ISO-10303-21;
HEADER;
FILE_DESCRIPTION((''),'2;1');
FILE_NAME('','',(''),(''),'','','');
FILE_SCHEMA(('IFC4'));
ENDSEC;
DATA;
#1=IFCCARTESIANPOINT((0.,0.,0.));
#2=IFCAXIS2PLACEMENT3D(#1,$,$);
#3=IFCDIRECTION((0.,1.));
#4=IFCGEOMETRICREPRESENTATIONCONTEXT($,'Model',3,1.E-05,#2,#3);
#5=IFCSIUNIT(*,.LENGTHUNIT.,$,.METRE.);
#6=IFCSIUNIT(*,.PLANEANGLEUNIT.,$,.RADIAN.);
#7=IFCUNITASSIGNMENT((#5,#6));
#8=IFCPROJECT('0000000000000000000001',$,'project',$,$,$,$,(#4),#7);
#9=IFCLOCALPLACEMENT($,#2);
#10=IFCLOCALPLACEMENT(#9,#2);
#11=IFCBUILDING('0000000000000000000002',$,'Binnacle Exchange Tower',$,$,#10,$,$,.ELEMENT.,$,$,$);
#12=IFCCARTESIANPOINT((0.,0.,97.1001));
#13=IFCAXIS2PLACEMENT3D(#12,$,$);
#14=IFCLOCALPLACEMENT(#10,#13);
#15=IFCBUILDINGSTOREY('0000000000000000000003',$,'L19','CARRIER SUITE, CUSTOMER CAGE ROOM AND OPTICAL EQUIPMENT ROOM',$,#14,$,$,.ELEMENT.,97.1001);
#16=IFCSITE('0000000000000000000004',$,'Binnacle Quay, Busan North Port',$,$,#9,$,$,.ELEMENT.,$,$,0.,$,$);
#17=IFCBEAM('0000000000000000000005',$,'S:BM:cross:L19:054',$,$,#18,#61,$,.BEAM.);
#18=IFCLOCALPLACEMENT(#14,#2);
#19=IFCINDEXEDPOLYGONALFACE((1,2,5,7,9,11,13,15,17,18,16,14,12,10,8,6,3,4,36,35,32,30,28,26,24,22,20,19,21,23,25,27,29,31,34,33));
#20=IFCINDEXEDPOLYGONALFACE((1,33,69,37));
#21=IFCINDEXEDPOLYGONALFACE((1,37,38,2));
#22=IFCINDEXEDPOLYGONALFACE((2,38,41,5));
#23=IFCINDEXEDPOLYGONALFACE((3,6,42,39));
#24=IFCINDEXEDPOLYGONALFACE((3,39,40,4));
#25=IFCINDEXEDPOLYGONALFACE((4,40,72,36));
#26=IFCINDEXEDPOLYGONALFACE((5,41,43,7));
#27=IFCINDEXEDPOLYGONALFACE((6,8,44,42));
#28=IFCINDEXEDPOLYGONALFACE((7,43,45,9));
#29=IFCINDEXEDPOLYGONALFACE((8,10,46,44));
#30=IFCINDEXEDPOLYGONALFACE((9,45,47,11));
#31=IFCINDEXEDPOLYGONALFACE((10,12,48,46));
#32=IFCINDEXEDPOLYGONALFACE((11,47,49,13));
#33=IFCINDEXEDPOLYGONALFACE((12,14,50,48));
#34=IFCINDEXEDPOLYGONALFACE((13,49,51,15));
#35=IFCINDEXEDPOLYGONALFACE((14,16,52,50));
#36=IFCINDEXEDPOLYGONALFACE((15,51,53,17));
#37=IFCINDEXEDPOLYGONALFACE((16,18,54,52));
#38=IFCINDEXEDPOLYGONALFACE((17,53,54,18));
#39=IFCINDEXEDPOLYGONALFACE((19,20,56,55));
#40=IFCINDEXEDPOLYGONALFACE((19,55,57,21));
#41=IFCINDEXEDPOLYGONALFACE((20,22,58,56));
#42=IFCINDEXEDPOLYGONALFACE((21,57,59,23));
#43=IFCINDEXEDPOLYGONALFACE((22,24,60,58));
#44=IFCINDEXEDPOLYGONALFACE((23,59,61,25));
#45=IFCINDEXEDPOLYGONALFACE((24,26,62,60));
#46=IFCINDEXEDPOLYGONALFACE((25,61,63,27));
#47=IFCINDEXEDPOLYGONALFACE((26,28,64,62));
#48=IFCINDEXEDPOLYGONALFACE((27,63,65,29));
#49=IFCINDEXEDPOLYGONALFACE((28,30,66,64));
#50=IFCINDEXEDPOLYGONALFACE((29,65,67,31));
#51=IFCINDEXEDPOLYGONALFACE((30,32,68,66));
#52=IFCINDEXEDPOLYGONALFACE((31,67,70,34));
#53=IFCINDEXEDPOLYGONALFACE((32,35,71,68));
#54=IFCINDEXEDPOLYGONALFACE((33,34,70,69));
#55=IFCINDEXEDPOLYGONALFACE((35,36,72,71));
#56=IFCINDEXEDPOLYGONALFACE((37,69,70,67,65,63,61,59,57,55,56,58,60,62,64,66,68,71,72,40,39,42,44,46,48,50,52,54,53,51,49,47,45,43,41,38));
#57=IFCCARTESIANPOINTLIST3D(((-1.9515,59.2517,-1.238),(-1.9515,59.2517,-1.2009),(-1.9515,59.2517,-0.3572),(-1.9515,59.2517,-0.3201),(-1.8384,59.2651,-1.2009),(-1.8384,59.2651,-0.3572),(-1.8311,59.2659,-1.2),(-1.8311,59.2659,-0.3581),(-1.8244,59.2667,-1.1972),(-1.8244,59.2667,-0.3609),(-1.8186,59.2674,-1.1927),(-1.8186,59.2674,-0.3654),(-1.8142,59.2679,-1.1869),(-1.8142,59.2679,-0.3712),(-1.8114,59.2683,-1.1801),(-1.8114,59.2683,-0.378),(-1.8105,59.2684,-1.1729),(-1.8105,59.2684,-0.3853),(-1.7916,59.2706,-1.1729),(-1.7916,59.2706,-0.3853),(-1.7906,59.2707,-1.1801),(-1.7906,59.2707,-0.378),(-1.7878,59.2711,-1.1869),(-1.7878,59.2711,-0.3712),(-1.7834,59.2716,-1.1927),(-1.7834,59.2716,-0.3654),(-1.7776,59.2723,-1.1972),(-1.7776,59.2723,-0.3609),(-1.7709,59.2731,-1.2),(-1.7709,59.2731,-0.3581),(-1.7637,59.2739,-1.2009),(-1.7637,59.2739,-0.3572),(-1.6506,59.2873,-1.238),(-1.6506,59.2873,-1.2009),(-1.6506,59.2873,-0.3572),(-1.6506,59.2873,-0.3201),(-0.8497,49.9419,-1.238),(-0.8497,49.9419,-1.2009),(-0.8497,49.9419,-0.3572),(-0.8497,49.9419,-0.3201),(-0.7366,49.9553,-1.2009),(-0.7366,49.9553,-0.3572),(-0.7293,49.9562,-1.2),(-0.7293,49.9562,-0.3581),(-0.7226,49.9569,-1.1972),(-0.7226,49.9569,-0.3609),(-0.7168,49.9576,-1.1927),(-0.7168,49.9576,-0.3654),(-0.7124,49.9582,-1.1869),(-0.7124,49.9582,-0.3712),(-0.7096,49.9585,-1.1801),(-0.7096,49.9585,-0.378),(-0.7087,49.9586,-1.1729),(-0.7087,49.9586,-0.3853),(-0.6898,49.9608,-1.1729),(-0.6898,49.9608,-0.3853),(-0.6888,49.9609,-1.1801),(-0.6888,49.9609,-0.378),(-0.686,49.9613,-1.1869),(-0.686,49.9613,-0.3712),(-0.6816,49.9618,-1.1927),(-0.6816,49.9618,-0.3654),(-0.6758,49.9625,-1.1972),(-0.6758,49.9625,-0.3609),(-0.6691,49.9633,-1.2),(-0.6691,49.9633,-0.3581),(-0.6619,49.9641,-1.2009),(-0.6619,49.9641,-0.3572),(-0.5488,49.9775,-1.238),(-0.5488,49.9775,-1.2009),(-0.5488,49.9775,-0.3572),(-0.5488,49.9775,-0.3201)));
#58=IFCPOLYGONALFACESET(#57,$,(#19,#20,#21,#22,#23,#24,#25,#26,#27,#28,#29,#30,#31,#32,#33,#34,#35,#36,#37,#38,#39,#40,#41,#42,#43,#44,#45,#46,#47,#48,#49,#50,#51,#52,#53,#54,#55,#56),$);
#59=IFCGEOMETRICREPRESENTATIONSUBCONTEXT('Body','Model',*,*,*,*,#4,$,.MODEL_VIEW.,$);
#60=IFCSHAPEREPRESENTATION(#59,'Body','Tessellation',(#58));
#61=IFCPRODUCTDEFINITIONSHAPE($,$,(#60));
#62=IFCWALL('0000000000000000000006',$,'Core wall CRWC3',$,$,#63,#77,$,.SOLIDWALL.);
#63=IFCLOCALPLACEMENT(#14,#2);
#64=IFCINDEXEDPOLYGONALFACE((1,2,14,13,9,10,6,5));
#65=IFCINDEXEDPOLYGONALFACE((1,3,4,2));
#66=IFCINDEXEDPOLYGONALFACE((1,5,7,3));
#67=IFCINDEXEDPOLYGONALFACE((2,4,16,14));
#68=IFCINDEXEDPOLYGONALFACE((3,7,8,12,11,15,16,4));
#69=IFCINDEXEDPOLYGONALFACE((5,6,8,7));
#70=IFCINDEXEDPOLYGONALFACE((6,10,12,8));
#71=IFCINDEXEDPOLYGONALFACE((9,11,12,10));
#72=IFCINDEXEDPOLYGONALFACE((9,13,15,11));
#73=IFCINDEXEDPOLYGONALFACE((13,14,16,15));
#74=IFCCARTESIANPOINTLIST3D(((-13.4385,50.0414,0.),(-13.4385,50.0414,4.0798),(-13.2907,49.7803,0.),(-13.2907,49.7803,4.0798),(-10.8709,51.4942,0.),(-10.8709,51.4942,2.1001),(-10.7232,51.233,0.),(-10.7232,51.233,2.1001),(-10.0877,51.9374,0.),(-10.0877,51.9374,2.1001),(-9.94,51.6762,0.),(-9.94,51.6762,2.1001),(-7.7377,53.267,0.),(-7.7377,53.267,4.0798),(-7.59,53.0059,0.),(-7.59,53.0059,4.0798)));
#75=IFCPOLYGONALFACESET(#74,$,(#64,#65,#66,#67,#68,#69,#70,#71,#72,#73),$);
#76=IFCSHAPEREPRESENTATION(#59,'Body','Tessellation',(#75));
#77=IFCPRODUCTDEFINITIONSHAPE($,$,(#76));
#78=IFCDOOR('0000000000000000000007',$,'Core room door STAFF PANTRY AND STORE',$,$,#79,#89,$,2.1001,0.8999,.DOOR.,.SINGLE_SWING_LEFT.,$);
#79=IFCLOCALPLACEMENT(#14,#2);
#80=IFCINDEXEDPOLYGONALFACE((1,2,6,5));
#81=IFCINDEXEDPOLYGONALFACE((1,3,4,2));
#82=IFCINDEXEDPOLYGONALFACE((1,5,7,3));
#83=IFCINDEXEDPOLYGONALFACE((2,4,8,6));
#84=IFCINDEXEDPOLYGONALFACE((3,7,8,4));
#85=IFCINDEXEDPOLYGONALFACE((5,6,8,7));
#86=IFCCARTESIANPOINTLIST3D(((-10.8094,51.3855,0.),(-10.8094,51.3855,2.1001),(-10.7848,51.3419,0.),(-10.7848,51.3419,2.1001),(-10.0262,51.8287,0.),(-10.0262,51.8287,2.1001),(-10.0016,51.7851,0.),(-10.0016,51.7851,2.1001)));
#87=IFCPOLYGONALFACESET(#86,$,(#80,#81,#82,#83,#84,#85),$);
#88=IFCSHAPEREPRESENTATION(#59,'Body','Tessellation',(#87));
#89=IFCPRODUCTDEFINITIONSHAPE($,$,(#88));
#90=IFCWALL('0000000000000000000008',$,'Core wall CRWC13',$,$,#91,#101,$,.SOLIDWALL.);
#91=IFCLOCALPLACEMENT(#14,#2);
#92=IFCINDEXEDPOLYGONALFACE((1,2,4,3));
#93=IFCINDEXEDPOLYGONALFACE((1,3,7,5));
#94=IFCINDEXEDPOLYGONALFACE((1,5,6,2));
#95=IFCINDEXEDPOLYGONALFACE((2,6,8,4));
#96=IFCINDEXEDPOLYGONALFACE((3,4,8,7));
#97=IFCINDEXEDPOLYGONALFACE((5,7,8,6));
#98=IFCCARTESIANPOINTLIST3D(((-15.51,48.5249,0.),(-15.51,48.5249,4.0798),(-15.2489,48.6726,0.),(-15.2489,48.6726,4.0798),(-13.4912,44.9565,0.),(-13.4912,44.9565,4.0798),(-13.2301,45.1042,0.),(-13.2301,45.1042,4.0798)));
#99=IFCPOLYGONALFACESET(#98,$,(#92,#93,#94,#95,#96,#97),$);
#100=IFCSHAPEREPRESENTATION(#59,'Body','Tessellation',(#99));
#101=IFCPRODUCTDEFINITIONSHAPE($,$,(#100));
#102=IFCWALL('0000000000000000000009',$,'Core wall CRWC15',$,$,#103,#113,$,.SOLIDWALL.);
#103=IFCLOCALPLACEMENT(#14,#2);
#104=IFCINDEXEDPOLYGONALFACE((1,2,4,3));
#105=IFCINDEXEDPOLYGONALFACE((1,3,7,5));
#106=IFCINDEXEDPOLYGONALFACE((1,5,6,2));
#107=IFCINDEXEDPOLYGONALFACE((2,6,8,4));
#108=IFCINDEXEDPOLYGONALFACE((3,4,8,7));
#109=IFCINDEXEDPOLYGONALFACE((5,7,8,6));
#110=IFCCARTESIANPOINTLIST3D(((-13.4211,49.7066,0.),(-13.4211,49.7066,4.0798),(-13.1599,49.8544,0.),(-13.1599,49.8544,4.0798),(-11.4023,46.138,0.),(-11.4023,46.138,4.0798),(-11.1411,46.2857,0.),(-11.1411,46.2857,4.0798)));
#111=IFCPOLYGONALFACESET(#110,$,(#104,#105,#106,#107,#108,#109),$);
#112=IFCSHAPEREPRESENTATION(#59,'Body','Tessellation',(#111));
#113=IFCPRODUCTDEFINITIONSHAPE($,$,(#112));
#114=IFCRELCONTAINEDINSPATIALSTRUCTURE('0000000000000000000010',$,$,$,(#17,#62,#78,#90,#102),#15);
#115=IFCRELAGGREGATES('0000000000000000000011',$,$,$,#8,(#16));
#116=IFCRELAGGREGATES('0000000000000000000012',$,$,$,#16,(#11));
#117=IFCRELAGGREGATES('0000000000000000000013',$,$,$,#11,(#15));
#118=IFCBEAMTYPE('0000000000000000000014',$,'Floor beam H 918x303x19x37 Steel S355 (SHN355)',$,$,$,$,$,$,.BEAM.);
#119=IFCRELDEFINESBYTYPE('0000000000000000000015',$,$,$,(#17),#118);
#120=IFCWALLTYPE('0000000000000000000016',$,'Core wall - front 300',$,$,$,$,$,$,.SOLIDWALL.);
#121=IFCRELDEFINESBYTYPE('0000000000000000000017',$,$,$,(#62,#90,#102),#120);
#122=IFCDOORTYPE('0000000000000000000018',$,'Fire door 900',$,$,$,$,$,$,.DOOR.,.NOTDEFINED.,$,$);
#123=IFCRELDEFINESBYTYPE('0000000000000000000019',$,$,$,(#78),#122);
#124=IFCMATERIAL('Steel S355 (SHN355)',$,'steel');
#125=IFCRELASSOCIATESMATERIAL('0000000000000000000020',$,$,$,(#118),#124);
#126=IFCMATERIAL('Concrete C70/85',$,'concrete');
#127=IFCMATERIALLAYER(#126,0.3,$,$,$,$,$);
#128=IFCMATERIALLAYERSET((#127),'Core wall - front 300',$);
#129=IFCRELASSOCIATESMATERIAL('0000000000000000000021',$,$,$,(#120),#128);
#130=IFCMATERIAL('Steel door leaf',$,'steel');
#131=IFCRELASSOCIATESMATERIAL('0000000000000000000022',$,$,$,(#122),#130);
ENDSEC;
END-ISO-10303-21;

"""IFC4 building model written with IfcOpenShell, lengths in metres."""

from ifc_helpers import new_model, si_unit, direction, frame, frame_2d, origin, origin_2d, place, context, subcontext, project, spatial, rectangle, i_section, extrude, material, layer, layer_set, material_profile, profile_set, type_object, element, fill, save


model = new_model("IFC4")

# Units and contexts
model_context = context("Model", 3, precision=1e-05, world=origin(), true_north=direction((0.0, 1.0)))
body_context = subcontext(model_context, "Body", "Model", "MODEL_VIEW")
ifc_project = project(units=[si_unit("LENGTHUNIT", "METRE"), si_unit("PLANEANGLEUNIT", "RADIAN")], contexts=[model_context])

# Site, building, storey
site_placement = place(None, origin())
site = spatial("IfcSite", under=ifc_project, at=site_placement, Name="Binnacle Quay, Busan North Port", CompositionType="ELEMENT", RefElevation=0.0)
building_placement = place(site_placement, origin())
building = spatial("IfcBuilding", under=site, at=building_placement, Name="Binnacle Exchange Tower", CompositionType="ELEMENT")
storey_placement = place(building_placement, frame((0.0, 0.0, 97.1001)))
storey = spatial("IfcBuildingStorey", under=building, at=storey_placement, Name="L19", Description="CARRIER SUITE, CUSTOMER CAGE ROOM AND OPTICAL EQUIPMENT ROOM", CompositionType="ELEMENT", Elevation=97.1001)

# Shared definitions
ifc_material_1 = material(Name="Concrete C70/85", Category="concrete")

# Beam
ifc_material_2 = material(Name="Steel S355 (SHN355)", Category="steel")
ifc_material_profile_1 = material_profile(ifc_material_2, i_section(OverallWidth=0.303, OverallDepth=0.918, WebThickness=0.019, FlangeThickness=0.0371, FilletRadius=0.0281, at=origin_2d()), Name="H 918x303x19x37")
ifc_profile_set_1 = profile_set([ifc_material_profile_1], Name="Steel S355 (SHN355)")
beam_type_1 = type_object("IfcBeamType", Name="Floor beam H 918x303x19x37 Steel S355 (SHN355)", PredefinedType="BEAM", material=ifc_profile_set_1)
beam_1_placement = place(storey_placement, frame((-0.6992, 49.9597, -0.7791), z_axis=(-0.117529, 0.993069, 0.0), x_axis=(-0.993069, -0.117529, 0.0)))
element("IfcBeam", 1, at=beam_1_placement, inside=storey, type_object=beam_type_1, Name="S:BM:cross:L19:054", PredefinedType="BEAM", context=body_context, shape_type="SweptSolid", body=[
    extrude(i_section(OverallWidth=0.303, OverallDepth=0.918, WebThickness=0.019, FlangeThickness=0.0371, FilletRadius=0.0281, at=origin_2d()), origin(), (0.0, 0.0, 1.0), 9.3748),
])

# Wall, opening, door
ifc_layer_1 = layer(ifc_material_1, 0.3)
ifc_layer_set_1 = layer_set([ifc_layer_1], Name="Core wall - front 300")
wall_type_1 = type_object("IfcWallType", Name="Core wall - front 300", PredefinedType="SOLIDWALL", material=ifc_layer_set_1)
wall_1_placement = place(storey_placement, frame((-13.3645, 49.9109, 0.0), z_axis=(0.0, 0.0, 1.0), x_axis=(0.870336, 0.492458, 0.0)))
wall_1 = element("IfcWall", 2, at=wall_1_placement, inside=storey, type_object=wall_type_1, Name="Core wall CRWC3", PredefinedType="SOLIDWALL", context=body_context, shape_type="SweptSolid", body=[
    extrude(rectangle(XDim=6.55, YDim=0.3, at=frame_2d((3.2749, 0.0))), origin(), (0.0, 0.0, 1.0), 4.0798),
])
opening_1_placement = place(wall_1_placement, frame((2.95, 0.0, 0.0)))
opening_1 = element("IfcOpeningElement", 3, at=opening_1_placement, cuts=wall_1, PredefinedType="OPENING", context=body_context, shape_type="SweptSolid", body=[
    extrude(rectangle(XDim=0.8999, YDim=2.1001, at=frame_2d((0.45, 1.05))), frame((0.0, 0.1599, 0.0), z_axis=(0.0, -1.0, 0.0), x_axis=(1.0, 0.0, 0.0)), (0.0, 0.0, 1.0), 0.3201),
])
ifc_material_3 = material(Name="Steel door leaf", Category="steel")
door_type = type_object("IfcDoorType", Name="Fire door 900", OperationType="NOTDEFINED", PredefinedType="DOOR", material=ifc_material_3)
door_placement = place(opening_1_placement, frame((0.8999, 0.0, 0.0), z_axis=(0.0, 0.0, 1.0), x_axis=(-1.0, 0.0, 0.0)))
door = element("IfcDoor", 4, at=door_placement, inside=storey, type_object=door_type, Name="Core room door STAFF PANTRY AND STORE", OperationType="SINGLE_SWING_LEFT", OverallHeight=2.1001, OverallWidth=0.8999, PredefinedType="DOOR", context=body_context, shape_type="SweptSolid", body=[
    extrude(rectangle(XDim=0.8999, YDim=2.1001, at=frame_2d((0.45, 1.05))), frame((0.0, 0.0249, 0.0), z_axis=(0.0, -1.0, 0.0), x_axis=(1.0, 0.0, 0.0)), (0.0, 0.0, 1.0), 0.05),
])
fill(opening_1, door)

# Walls
wall_2_placement = place(storey_placement, frame((-15.3794, 48.5986, 0.0), z_axis=(0.0, 0.0, 1.0), x_axis=(0.492408, -0.870364, 0.0)))
element("IfcWall", 5, at=wall_2_placement, inside=storey, type_object=wall_type_1, Name="Core wall CRWC13", PredefinedType="SOLIDWALL", context=body_context, shape_type="SweptSolid", body=[
    extrude(rectangle(XDim=4.0999, YDim=0.3, at=frame_2d((2.0498, 0.0))), origin(), (0.0, 0.0, 1.0), 4.0798),
])
wall_3_placement = place(storey_placement, frame((-13.2905, 49.7805, 0.0), z_axis=(0.0, 0.0, 1.0), x_axis=(0.492383, -0.870379, 0.0)))
element("IfcWall", 6, at=wall_3_placement, inside=storey, type_object=wall_type_1, Name="Core wall CRWC15", PredefinedType="SOLIDWALL", context=body_context, shape_type="SweptSolid", body=[
    extrude(rectangle(XDim=4.1001, YDim=0.3, at=frame_2d((2.05, 0.0))), origin(), (0.0, 0.0, 1.0), 4.0798),
])

save(model, "model.ifc")
